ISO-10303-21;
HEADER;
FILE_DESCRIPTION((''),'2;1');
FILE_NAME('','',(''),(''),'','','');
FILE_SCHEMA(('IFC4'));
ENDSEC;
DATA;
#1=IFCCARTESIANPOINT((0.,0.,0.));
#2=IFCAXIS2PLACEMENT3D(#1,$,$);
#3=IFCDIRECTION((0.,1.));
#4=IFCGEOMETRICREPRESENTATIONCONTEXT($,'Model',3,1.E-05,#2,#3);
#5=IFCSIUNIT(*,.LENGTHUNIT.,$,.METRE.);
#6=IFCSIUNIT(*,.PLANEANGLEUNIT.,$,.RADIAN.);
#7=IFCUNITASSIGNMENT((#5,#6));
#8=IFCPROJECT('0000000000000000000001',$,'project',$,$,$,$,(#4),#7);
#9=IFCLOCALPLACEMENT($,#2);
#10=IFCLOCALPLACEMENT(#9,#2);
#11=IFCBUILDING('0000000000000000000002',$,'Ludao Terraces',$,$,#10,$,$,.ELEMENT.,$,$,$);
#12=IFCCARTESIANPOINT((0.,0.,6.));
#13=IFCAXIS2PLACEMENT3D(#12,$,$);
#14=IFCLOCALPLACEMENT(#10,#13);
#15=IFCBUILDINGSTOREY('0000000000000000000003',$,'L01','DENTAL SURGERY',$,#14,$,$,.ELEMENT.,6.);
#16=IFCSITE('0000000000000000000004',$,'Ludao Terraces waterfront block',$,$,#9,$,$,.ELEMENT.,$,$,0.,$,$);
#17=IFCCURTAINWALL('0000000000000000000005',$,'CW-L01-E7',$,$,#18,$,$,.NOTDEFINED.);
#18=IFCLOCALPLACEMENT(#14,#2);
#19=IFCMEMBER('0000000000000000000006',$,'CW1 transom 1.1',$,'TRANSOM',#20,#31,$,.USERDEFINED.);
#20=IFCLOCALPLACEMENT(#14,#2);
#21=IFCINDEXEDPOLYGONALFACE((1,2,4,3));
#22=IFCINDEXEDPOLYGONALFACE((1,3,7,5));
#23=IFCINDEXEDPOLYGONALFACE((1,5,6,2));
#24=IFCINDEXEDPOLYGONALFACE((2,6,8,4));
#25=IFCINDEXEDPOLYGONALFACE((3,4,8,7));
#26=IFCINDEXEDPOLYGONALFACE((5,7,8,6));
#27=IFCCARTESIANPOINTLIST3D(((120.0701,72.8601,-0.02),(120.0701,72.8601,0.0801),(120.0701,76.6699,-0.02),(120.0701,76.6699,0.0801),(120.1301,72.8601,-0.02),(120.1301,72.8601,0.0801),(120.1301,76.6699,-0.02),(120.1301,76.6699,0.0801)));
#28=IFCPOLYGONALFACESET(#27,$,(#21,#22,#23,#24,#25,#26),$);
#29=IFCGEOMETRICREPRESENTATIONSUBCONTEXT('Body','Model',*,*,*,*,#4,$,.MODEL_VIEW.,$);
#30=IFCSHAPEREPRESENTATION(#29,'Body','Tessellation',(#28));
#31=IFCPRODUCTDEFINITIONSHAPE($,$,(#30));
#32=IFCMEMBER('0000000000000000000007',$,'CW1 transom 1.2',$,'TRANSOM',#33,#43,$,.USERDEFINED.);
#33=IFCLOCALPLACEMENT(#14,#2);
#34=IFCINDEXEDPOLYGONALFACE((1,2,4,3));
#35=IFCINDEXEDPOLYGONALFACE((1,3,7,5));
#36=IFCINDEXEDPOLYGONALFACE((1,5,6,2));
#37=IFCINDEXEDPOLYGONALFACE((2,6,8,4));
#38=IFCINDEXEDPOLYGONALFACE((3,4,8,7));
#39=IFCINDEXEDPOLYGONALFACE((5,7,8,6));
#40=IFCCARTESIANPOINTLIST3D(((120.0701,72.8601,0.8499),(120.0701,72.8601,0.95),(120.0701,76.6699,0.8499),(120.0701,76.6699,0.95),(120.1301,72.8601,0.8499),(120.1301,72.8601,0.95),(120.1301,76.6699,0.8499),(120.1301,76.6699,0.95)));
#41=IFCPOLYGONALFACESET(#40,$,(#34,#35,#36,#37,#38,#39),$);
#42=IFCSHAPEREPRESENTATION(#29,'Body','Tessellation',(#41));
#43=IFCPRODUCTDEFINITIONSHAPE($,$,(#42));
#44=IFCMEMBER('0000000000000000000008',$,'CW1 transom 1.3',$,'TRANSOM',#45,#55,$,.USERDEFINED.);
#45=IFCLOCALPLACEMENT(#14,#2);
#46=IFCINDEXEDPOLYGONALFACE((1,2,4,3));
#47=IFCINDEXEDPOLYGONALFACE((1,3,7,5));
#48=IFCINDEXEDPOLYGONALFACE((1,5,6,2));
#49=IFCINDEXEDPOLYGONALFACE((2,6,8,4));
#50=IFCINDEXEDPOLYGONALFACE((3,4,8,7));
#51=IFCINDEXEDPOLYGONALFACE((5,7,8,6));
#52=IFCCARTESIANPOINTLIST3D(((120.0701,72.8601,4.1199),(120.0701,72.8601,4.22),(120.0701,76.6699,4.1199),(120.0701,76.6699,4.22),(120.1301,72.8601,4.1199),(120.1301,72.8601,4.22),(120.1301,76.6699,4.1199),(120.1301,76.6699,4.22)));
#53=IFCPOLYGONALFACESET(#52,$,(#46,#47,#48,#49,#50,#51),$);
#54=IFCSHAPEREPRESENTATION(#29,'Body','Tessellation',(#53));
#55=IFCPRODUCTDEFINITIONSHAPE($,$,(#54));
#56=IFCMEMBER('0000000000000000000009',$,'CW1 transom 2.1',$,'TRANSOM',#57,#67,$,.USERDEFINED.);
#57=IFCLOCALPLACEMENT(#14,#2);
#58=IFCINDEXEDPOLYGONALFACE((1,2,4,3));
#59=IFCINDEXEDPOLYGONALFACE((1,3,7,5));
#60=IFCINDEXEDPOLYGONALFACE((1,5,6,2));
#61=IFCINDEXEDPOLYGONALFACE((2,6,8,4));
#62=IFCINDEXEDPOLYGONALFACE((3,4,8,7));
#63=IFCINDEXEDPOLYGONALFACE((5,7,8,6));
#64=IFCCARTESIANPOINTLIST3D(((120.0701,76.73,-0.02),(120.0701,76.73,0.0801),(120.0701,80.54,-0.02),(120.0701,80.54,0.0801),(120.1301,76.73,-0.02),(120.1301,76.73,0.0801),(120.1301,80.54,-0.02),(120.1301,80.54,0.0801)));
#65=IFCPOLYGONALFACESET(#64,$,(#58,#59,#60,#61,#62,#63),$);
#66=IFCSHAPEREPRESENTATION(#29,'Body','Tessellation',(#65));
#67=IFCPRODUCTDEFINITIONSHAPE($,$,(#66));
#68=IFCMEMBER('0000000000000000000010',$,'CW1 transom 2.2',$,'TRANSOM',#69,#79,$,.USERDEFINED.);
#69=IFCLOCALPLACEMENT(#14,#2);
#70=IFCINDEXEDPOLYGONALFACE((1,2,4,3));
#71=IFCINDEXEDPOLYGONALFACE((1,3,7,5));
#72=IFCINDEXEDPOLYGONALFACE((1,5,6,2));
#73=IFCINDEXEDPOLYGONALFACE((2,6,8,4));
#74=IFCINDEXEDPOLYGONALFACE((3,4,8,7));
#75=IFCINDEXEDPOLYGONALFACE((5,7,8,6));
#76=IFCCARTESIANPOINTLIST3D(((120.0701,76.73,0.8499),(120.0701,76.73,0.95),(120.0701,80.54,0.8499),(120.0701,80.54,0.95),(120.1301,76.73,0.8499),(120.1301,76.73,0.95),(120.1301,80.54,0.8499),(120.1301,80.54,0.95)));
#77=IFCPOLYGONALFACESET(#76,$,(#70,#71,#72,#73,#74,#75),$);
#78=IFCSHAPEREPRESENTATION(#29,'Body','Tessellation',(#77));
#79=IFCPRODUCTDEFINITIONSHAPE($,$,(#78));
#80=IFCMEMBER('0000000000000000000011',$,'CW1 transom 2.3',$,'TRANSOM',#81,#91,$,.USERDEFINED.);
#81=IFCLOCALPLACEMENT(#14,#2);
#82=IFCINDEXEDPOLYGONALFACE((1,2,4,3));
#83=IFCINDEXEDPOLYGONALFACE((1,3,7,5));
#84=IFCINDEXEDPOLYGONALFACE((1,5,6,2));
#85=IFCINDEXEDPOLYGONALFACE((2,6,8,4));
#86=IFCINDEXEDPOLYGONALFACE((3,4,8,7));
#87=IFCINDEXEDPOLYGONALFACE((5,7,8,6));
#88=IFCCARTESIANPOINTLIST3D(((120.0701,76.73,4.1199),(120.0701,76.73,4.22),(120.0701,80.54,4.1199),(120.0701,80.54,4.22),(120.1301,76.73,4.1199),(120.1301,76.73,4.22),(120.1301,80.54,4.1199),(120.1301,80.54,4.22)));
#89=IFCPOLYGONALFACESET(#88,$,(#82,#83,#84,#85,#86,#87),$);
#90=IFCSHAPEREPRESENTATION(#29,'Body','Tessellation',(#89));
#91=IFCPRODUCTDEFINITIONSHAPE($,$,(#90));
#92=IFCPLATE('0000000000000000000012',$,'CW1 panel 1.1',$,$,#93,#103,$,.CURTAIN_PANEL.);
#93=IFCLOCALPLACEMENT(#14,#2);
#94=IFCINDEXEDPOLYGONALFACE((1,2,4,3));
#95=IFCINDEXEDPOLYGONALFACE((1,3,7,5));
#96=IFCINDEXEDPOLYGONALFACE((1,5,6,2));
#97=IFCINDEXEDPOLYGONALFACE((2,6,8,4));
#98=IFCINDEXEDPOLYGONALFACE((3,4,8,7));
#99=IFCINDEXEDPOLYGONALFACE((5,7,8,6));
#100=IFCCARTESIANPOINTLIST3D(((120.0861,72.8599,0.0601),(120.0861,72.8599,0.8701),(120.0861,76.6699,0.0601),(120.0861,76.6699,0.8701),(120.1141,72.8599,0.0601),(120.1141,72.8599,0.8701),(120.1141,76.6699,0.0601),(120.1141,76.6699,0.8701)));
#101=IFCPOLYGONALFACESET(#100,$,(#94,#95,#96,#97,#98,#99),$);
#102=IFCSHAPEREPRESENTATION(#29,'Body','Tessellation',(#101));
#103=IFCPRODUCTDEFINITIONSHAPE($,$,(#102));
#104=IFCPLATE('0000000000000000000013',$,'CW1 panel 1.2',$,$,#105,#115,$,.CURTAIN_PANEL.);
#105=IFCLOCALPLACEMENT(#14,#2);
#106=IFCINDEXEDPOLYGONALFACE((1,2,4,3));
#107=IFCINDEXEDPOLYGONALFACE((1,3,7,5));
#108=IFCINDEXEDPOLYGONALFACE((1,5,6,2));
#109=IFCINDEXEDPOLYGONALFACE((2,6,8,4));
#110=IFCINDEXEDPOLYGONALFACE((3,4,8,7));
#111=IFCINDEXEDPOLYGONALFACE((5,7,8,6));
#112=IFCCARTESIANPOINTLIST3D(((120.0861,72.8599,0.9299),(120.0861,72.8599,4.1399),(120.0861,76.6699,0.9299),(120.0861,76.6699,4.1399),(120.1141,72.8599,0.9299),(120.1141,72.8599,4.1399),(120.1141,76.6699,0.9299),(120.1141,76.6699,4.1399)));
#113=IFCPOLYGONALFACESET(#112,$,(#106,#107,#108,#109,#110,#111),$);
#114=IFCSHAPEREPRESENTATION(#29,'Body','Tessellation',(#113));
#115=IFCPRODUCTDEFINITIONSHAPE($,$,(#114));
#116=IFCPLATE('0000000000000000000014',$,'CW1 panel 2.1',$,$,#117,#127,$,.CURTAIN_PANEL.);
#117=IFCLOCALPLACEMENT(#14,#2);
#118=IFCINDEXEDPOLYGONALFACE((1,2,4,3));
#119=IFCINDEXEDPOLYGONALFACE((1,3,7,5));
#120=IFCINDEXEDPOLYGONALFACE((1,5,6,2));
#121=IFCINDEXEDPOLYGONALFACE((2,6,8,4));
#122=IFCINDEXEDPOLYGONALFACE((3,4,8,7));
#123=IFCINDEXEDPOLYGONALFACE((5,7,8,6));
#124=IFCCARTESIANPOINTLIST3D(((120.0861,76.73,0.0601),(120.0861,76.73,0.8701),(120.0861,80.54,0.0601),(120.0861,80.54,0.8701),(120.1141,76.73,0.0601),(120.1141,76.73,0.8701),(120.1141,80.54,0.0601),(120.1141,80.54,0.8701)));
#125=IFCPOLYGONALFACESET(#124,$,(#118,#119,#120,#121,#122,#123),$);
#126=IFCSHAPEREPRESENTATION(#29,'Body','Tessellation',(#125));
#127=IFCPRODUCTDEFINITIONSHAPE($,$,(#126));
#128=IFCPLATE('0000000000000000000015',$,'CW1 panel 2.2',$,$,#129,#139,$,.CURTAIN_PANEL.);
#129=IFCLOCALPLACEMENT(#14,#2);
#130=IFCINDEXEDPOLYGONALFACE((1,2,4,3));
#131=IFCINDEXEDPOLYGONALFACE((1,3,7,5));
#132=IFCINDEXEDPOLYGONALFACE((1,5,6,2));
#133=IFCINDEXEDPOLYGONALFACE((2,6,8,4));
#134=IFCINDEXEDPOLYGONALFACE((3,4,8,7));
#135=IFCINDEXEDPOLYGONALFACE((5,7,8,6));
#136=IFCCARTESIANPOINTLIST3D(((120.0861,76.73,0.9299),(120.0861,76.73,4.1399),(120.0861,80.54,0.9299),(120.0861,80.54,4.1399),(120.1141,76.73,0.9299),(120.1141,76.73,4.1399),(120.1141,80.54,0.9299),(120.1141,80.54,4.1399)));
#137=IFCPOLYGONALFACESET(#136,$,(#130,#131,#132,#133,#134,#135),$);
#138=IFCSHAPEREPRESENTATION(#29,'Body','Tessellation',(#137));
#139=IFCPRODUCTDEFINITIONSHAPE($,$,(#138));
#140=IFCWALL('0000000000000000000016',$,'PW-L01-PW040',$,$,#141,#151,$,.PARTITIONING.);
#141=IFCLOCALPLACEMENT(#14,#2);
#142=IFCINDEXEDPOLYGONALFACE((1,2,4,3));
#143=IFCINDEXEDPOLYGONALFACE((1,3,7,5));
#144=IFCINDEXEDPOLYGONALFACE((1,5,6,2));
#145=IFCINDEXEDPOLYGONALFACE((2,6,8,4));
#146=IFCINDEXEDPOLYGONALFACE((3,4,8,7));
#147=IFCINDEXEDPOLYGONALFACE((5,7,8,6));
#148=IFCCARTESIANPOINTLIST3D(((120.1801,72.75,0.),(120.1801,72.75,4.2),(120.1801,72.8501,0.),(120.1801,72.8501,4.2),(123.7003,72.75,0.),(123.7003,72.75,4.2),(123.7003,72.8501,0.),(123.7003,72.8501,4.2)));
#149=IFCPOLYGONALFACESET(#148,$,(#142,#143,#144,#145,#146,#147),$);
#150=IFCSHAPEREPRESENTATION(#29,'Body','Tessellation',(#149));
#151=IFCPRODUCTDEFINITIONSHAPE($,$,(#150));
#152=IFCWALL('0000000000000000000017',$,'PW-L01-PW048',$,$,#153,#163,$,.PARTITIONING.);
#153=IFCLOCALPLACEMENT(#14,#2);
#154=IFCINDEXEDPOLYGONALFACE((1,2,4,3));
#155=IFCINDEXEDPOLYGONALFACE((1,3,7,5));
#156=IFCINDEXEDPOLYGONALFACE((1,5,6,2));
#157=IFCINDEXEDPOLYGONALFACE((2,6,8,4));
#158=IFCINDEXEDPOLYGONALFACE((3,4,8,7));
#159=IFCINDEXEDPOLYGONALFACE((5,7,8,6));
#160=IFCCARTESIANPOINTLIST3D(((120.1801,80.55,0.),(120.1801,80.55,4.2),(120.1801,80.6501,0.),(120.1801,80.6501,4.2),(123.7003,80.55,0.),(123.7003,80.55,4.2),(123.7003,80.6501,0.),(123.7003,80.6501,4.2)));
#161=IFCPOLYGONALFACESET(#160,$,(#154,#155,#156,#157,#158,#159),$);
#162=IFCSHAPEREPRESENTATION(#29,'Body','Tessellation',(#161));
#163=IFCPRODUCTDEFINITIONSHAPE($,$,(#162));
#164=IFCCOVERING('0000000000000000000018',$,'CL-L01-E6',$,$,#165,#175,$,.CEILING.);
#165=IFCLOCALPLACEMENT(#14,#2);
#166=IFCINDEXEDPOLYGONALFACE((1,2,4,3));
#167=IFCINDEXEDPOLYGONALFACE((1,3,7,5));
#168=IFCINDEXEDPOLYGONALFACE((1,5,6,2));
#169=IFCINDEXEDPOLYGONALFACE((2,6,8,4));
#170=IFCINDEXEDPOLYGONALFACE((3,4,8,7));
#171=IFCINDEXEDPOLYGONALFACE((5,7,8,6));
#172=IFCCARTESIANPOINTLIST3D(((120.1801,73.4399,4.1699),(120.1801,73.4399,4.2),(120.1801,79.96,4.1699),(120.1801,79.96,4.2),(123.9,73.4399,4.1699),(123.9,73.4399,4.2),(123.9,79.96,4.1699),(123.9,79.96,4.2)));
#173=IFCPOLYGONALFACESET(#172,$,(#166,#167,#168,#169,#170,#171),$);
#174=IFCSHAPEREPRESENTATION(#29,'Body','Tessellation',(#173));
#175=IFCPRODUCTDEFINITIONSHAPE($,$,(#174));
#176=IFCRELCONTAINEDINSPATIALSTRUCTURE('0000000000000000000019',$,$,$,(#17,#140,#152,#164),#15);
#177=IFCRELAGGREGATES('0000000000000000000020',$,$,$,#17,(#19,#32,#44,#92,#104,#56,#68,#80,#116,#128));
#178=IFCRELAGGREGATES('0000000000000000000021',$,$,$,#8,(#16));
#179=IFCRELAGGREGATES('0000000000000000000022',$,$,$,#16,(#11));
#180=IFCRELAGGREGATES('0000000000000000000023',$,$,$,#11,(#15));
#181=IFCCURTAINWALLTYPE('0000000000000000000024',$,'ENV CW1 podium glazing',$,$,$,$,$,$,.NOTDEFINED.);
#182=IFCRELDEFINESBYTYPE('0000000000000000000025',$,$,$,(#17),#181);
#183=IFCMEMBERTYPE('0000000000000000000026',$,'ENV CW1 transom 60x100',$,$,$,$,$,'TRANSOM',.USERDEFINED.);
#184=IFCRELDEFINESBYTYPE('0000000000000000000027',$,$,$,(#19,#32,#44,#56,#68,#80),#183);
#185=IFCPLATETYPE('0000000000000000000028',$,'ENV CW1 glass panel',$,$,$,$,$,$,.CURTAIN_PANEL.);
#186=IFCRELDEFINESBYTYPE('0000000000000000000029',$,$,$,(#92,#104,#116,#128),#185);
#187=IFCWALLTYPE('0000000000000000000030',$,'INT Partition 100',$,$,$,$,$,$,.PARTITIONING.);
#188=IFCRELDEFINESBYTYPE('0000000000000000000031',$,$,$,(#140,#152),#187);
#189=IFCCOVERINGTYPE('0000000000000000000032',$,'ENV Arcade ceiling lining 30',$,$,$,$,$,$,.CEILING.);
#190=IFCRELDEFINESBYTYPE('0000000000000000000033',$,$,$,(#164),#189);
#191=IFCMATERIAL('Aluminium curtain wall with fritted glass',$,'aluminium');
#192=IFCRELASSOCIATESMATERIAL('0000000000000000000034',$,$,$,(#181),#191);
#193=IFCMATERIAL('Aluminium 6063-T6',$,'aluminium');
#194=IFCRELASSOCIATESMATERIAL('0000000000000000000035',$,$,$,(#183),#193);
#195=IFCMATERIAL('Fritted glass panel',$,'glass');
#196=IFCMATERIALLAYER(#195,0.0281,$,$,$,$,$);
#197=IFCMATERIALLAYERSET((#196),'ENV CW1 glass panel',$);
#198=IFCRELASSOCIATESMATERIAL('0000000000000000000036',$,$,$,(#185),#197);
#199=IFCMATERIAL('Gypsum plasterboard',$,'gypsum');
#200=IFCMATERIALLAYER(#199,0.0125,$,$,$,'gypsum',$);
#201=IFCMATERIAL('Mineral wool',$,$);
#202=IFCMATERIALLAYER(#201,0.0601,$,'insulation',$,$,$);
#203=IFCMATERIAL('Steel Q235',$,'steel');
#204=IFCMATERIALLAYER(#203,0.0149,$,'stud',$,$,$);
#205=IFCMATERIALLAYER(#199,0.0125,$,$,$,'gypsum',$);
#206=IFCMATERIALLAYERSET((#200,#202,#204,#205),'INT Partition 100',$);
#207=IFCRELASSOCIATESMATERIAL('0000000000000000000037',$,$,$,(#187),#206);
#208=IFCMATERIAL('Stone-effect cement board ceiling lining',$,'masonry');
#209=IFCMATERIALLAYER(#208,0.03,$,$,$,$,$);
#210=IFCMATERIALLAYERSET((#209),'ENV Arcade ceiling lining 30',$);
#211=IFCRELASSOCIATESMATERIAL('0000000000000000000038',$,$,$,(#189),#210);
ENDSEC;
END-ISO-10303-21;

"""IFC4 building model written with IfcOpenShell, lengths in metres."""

from ifc_helpers import new_model, si_unit, direction, frame, frame_2d, origin, origin_2d, place, context, subcontext, project, spatial, rectangle, extrude, material, layer, layer_set, material_profile, profile_set, type_object, element, aggregate, save


model = new_model("IFC4")

# Units and contexts
model_context = context("Model", 3, precision=1e-05, world=origin(), true_north=direction((0.0, 1.0)))
body_context = subcontext(model_context, "Body", "Model", "MODEL_VIEW")
ifc_project = project(units=[si_unit("LENGTHUNIT", "METRE"), si_unit("PLANEANGLEUNIT", "RADIAN")], contexts=[model_context])

# Site, building, storey
site_placement = place(None, origin())
site = spatial("IfcSite", under=ifc_project, at=site_placement, Name="Ludao Terraces waterfront block", CompositionType="ELEMENT", RefElevation=0.0)
building_placement = place(site_placement, origin())
building = spatial("IfcBuilding", under=site, at=building_placement, Name="Ludao Terraces", CompositionType="ELEMENT")
storey_placement = place(building_placement, frame((0.0, 0.0, 6.0)))
storey = spatial("IfcBuildingStorey", under=building, at=storey_placement, Name="L01", Description="DENTAL SURGERY", CompositionType="ELEMENT", Elevation=6.0)

# Curtain wall
ifc_material_1 = material(Name="Aluminium curtain wall with fritted glass", Category="aluminium")
curtain_wall_type = type_object("IfcCurtainWallType", Name="ENV CW1 podium glazing", PredefinedType="NOTDEFINED", material=ifc_material_1)
curtain_wall_1_placement = place(storey_placement, origin())
curtain_wall_1 = element("IfcCurtainWall", 1, at=curtain_wall_1_placement, inside=storey, type_object=curtain_wall_type, Name="CW-L01-E7", PredefinedType="NOTDEFINED")
ifc_material_2 = material(Name="Aluminium 6063-T6", Category="aluminium")

# Members
ifc_material_profile_1 = material_profile(ifc_material_2, rectangle(XDim=0.0601, YDim=0.1001, at=origin_2d()), Name="60 X 100")
ifc_profile_set_1 = profile_set([ifc_material_profile_1], Name="Aluminium 6063-T6")
member_type_1 = type_object("IfcMemberType", Name="ENV CW1 transom 60x100", ElementType="TRANSOM", PredefinedType="USERDEFINED", material=ifc_profile_set_1)
member_1_placement = place(storey_placement, frame((120.1001, 72.8601, 0.03), z_axis=(0.0, 1.0, 0.0), x_axis=(-1.0, 0.0, 0.0)))
member_1 = element("IfcMember", 2, at=member_1_placement, type_object=member_type_1, Name="CW1 transom 1.1", ObjectType="TRANSOM", PredefinedType="USERDEFINED", context=body_context, shape_type="SweptSolid", body=[
    extrude(rectangle(XDim=0.0601, YDim=0.1001, at=origin_2d()), origin(), (0.0, 0.0, 1.0), 3.8098),
])
member_2_placement = place(storey_placement, frame((120.1001, 72.8601, 0.8999), z_axis=(0.0, 1.0, 0.0), x_axis=(-1.0, 0.0, 0.0)))
member_2 = element("IfcMember", 3, at=member_2_placement, type_object=member_type_1, Name="CW1 transom 1.2", ObjectType="TRANSOM", PredefinedType="USERDEFINED", context=body_context, shape_type="SweptSolid", body=[
    extrude(rectangle(XDim=0.0601, YDim=0.1001, at=origin_2d()), origin(), (0.0, 0.0, 1.0), 3.8098),
])
member_3_placement = place(storey_placement, frame((120.1001, 72.8601, 4.1699), z_axis=(0.0, 1.0, 0.0), x_axis=(-1.0, 0.0, 0.0)))
member_3 = element("IfcMember", 4, at=member_3_placement, type_object=member_type_1, Name="CW1 transom 1.3", ObjectType="TRANSOM", PredefinedType="USERDEFINED", context=body_context, shape_type="SweptSolid", body=[
    extrude(rectangle(XDim=0.0601, YDim=0.1001, at=origin_2d()), origin(), (0.0, 0.0, 1.0), 3.8098),
])
member_4_placement = place(storey_placement, frame((120.1001, 76.73, 0.03), z_axis=(0.0, 1.0, 0.0), x_axis=(-1.0, 0.0, 0.0)))
member_4 = element("IfcMember", 5, at=member_4_placement, type_object=member_type_1, Name="CW1 transom 2.1", ObjectType="TRANSOM", PredefinedType="USERDEFINED", context=body_context, shape_type="SweptSolid", body=[
    extrude(rectangle(XDim=0.0601, YDim=0.1001, at=origin_2d()), origin(), (0.0, 0.0, 1.0), 3.8101),
])
member_5_placement = place(storey_placement, frame((120.1001, 76.73, 0.8999), z_axis=(0.0, 1.0, 0.0), x_axis=(-1.0, 0.0, 0.0)))
member_5 = element("IfcMember", 6, at=member_5_placement, type_object=member_type_1, Name="CW1 transom 2.2", ObjectType="TRANSOM", PredefinedType="USERDEFINED", context=body_context, shape_type="SweptSolid", body=[
    extrude(rectangle(XDim=0.0601, YDim=0.1001, at=origin_2d()), origin(), (0.0, 0.0, 1.0), 3.8101),
])
member_6_placement = place(storey_placement, frame((120.1001, 76.73, 4.1699), z_axis=(0.0, 1.0, 0.0), x_axis=(-1.0, 0.0, 0.0)))
member_6 = element("IfcMember", 7, at=member_6_placement, type_object=member_type_1, Name="CW1 transom 2.3", ObjectType="TRANSOM", PredefinedType="USERDEFINED", context=body_context, shape_type="SweptSolid", body=[
    extrude(rectangle(XDim=0.0601, YDim=0.1001, at=origin_2d()), origin(), (0.0, 0.0, 1.0), 3.8101),
])

# Plates
ifc_material_3 = material(Name="Fritted glass panel", Category="glass")
ifc_layer_1 = layer(ifc_material_3, 0.0281)
ifc_layer_set_1 = layer_set([ifc_layer_1], Name="ENV CW1 glass panel")
plate_type = type_object("IfcPlateType", Name="ENV CW1 glass panel", PredefinedType="CURTAIN_PANEL", material=ifc_layer_set_1)
plate_1_placement = place(storey_placement, frame((120.1001, 74.7649, 0.0601), z_axis=(0.0, 0.0, 1.0), x_axis=(0.0, 1.0, 0.0)))
plate_1 = element("IfcPlate", 8, at=plate_1_placement, type_object=plate_type, Name="CW1 panel 1.1", PredefinedType="CURTAIN_PANEL", context=body_context, shape_type="SweptSolid", body=[
    extrude(rectangle(XDim=3.8101, YDim=0.0281, at=origin_2d()), origin(), (0.0, 0.0, 1.0), 0.8101),
])
plate_2_placement = place(storey_placement, frame((120.1001, 74.7649, 0.9299), z_axis=(0.0, 0.0, 1.0), x_axis=(0.0, 1.0, 0.0)))
plate_2 = element("IfcPlate", 9, at=plate_2_placement, type_object=plate_type, Name="CW1 panel 1.2", PredefinedType="CURTAIN_PANEL", context=body_context, shape_type="SweptSolid", body=[
    extrude(rectangle(XDim=3.8101, YDim=0.0281, at=origin_2d()), origin(), (0.0, 0.0, 1.0), 3.21),
])
plate_3_placement = place(storey_placement, frame((120.1001, 78.635, 0.0601), z_axis=(0.0, 0.0, 1.0), x_axis=(0.0, 1.0, 0.0)))
plate_3 = element("IfcPlate", 10, at=plate_3_placement, type_object=plate_type, Name="CW1 panel 2.1", PredefinedType="CURTAIN_PANEL", context=body_context, shape_type="SweptSolid", body=[
    extrude(rectangle(XDim=3.8101, YDim=0.0281, at=origin_2d()), origin(), (0.0, 0.0, 1.0), 0.8101),
])
plate_4_placement = place(storey_placement, frame((120.1001, 78.635, 0.9299), z_axis=(0.0, 0.0, 1.0), x_axis=(0.0, 1.0, 0.0)))
plate_4 = element("IfcPlate", 11, at=plate_4_placement, type_object=plate_type, Name="CW1 panel 2.2", PredefinedType="CURTAIN_PANEL", context=body_context, shape_type="SweptSolid", body=[
    extrude(rectangle(XDim=3.8101, YDim=0.0281, at=origin_2d()), origin(), (0.0, 0.0, 1.0), 3.21),
])
aggregate(curtain_wall_1, [member_1, member_2, member_3, plate_1, plate_2, member_4, member_5, member_6, plate_3, plate_4])

# Walls
ifc_material_4 = material(Name="Gypsum plasterboard", Category="gypsum")
ifc_layer_2 = layer(ifc_material_4, 0.0125, Category="gypsum")
ifc_material_5 = material(Name="Mineral wool")
ifc_layer_3 = layer(ifc_material_5, 0.0601, Name="insulation")
ifc_material_6 = material(Name="Steel Q235", Category="steel")
ifc_layer_4 = layer(ifc_material_6, 0.0149, Name="stud")
ifc_layer_5 = layer(ifc_material_4, 0.0125, Category="gypsum")
ifc_layer_set_2 = layer_set([ifc_layer_2, ifc_layer_3, ifc_layer_4, ifc_layer_5], Name="INT Partition 100")
wall_type = type_object("IfcWallType", Name="INT Partition 100", PredefinedType="PARTITIONING", material=ifc_layer_set_2)
for number, where, z_axis, x_axis, name in (
    (12, (120.1799, 72.8, 0.0), (0.0, 0.0, 1.0), (1.0, 0.0, 0.0), "PW-L01-PW040"),
    (13, (120.1799, 80.6001, 0.0), (0.0, 0.0, 1.0), (1.0, 0.0, 0.0), "PW-L01-PW048"),
):
    element("IfcWall", number, at=place(storey_placement, frame(where, z_axis=z_axis, x_axis=x_axis)), inside=storey, type_object=wall_type, Name=name, PredefinedType="PARTITIONING", context=body_context, shape_type="SweptSolid", body=[
        extrude(rectangle(XDim=3.5203, YDim=0.1001, at=frame_2d((1.7603, 0.0))), origin(), (0.0, 0.0, 1.0), 4.2),
    ])

# Covering
ifc_material_7 = material(Name="Stone-effect cement board ceiling lining", Category="masonry")
ifc_layer_6 = layer(ifc_material_7, 0.03)
ifc_layer_set_3 = layer_set([ifc_layer_6], Name="ENV Arcade ceiling lining 30")
covering_type = type_object("IfcCoveringType", Name="ENV Arcade ceiling lining 30", PredefinedType="CEILING", material=ifc_layer_set_3)
covering_placement = place(storey_placement, frame((122.04, 76.7, 4.1699), z_axis=(0.0, 0.0, 1.0), x_axis=(1.0, 0.0, 0.0)))
element("IfcCovering", 14, at=covering_placement, inside=storey, type_object=covering_type, Name="CL-L01-E6", PredefinedType="CEILING", context=body_context, shape_type="SweptSolid", body=[
    extrude(rectangle(XDim=3.72, YDim=6.52, at=origin_2d()), origin(), (0.0, 0.0, 1.0), 0.03),
])

save(model, "model.ifc")
